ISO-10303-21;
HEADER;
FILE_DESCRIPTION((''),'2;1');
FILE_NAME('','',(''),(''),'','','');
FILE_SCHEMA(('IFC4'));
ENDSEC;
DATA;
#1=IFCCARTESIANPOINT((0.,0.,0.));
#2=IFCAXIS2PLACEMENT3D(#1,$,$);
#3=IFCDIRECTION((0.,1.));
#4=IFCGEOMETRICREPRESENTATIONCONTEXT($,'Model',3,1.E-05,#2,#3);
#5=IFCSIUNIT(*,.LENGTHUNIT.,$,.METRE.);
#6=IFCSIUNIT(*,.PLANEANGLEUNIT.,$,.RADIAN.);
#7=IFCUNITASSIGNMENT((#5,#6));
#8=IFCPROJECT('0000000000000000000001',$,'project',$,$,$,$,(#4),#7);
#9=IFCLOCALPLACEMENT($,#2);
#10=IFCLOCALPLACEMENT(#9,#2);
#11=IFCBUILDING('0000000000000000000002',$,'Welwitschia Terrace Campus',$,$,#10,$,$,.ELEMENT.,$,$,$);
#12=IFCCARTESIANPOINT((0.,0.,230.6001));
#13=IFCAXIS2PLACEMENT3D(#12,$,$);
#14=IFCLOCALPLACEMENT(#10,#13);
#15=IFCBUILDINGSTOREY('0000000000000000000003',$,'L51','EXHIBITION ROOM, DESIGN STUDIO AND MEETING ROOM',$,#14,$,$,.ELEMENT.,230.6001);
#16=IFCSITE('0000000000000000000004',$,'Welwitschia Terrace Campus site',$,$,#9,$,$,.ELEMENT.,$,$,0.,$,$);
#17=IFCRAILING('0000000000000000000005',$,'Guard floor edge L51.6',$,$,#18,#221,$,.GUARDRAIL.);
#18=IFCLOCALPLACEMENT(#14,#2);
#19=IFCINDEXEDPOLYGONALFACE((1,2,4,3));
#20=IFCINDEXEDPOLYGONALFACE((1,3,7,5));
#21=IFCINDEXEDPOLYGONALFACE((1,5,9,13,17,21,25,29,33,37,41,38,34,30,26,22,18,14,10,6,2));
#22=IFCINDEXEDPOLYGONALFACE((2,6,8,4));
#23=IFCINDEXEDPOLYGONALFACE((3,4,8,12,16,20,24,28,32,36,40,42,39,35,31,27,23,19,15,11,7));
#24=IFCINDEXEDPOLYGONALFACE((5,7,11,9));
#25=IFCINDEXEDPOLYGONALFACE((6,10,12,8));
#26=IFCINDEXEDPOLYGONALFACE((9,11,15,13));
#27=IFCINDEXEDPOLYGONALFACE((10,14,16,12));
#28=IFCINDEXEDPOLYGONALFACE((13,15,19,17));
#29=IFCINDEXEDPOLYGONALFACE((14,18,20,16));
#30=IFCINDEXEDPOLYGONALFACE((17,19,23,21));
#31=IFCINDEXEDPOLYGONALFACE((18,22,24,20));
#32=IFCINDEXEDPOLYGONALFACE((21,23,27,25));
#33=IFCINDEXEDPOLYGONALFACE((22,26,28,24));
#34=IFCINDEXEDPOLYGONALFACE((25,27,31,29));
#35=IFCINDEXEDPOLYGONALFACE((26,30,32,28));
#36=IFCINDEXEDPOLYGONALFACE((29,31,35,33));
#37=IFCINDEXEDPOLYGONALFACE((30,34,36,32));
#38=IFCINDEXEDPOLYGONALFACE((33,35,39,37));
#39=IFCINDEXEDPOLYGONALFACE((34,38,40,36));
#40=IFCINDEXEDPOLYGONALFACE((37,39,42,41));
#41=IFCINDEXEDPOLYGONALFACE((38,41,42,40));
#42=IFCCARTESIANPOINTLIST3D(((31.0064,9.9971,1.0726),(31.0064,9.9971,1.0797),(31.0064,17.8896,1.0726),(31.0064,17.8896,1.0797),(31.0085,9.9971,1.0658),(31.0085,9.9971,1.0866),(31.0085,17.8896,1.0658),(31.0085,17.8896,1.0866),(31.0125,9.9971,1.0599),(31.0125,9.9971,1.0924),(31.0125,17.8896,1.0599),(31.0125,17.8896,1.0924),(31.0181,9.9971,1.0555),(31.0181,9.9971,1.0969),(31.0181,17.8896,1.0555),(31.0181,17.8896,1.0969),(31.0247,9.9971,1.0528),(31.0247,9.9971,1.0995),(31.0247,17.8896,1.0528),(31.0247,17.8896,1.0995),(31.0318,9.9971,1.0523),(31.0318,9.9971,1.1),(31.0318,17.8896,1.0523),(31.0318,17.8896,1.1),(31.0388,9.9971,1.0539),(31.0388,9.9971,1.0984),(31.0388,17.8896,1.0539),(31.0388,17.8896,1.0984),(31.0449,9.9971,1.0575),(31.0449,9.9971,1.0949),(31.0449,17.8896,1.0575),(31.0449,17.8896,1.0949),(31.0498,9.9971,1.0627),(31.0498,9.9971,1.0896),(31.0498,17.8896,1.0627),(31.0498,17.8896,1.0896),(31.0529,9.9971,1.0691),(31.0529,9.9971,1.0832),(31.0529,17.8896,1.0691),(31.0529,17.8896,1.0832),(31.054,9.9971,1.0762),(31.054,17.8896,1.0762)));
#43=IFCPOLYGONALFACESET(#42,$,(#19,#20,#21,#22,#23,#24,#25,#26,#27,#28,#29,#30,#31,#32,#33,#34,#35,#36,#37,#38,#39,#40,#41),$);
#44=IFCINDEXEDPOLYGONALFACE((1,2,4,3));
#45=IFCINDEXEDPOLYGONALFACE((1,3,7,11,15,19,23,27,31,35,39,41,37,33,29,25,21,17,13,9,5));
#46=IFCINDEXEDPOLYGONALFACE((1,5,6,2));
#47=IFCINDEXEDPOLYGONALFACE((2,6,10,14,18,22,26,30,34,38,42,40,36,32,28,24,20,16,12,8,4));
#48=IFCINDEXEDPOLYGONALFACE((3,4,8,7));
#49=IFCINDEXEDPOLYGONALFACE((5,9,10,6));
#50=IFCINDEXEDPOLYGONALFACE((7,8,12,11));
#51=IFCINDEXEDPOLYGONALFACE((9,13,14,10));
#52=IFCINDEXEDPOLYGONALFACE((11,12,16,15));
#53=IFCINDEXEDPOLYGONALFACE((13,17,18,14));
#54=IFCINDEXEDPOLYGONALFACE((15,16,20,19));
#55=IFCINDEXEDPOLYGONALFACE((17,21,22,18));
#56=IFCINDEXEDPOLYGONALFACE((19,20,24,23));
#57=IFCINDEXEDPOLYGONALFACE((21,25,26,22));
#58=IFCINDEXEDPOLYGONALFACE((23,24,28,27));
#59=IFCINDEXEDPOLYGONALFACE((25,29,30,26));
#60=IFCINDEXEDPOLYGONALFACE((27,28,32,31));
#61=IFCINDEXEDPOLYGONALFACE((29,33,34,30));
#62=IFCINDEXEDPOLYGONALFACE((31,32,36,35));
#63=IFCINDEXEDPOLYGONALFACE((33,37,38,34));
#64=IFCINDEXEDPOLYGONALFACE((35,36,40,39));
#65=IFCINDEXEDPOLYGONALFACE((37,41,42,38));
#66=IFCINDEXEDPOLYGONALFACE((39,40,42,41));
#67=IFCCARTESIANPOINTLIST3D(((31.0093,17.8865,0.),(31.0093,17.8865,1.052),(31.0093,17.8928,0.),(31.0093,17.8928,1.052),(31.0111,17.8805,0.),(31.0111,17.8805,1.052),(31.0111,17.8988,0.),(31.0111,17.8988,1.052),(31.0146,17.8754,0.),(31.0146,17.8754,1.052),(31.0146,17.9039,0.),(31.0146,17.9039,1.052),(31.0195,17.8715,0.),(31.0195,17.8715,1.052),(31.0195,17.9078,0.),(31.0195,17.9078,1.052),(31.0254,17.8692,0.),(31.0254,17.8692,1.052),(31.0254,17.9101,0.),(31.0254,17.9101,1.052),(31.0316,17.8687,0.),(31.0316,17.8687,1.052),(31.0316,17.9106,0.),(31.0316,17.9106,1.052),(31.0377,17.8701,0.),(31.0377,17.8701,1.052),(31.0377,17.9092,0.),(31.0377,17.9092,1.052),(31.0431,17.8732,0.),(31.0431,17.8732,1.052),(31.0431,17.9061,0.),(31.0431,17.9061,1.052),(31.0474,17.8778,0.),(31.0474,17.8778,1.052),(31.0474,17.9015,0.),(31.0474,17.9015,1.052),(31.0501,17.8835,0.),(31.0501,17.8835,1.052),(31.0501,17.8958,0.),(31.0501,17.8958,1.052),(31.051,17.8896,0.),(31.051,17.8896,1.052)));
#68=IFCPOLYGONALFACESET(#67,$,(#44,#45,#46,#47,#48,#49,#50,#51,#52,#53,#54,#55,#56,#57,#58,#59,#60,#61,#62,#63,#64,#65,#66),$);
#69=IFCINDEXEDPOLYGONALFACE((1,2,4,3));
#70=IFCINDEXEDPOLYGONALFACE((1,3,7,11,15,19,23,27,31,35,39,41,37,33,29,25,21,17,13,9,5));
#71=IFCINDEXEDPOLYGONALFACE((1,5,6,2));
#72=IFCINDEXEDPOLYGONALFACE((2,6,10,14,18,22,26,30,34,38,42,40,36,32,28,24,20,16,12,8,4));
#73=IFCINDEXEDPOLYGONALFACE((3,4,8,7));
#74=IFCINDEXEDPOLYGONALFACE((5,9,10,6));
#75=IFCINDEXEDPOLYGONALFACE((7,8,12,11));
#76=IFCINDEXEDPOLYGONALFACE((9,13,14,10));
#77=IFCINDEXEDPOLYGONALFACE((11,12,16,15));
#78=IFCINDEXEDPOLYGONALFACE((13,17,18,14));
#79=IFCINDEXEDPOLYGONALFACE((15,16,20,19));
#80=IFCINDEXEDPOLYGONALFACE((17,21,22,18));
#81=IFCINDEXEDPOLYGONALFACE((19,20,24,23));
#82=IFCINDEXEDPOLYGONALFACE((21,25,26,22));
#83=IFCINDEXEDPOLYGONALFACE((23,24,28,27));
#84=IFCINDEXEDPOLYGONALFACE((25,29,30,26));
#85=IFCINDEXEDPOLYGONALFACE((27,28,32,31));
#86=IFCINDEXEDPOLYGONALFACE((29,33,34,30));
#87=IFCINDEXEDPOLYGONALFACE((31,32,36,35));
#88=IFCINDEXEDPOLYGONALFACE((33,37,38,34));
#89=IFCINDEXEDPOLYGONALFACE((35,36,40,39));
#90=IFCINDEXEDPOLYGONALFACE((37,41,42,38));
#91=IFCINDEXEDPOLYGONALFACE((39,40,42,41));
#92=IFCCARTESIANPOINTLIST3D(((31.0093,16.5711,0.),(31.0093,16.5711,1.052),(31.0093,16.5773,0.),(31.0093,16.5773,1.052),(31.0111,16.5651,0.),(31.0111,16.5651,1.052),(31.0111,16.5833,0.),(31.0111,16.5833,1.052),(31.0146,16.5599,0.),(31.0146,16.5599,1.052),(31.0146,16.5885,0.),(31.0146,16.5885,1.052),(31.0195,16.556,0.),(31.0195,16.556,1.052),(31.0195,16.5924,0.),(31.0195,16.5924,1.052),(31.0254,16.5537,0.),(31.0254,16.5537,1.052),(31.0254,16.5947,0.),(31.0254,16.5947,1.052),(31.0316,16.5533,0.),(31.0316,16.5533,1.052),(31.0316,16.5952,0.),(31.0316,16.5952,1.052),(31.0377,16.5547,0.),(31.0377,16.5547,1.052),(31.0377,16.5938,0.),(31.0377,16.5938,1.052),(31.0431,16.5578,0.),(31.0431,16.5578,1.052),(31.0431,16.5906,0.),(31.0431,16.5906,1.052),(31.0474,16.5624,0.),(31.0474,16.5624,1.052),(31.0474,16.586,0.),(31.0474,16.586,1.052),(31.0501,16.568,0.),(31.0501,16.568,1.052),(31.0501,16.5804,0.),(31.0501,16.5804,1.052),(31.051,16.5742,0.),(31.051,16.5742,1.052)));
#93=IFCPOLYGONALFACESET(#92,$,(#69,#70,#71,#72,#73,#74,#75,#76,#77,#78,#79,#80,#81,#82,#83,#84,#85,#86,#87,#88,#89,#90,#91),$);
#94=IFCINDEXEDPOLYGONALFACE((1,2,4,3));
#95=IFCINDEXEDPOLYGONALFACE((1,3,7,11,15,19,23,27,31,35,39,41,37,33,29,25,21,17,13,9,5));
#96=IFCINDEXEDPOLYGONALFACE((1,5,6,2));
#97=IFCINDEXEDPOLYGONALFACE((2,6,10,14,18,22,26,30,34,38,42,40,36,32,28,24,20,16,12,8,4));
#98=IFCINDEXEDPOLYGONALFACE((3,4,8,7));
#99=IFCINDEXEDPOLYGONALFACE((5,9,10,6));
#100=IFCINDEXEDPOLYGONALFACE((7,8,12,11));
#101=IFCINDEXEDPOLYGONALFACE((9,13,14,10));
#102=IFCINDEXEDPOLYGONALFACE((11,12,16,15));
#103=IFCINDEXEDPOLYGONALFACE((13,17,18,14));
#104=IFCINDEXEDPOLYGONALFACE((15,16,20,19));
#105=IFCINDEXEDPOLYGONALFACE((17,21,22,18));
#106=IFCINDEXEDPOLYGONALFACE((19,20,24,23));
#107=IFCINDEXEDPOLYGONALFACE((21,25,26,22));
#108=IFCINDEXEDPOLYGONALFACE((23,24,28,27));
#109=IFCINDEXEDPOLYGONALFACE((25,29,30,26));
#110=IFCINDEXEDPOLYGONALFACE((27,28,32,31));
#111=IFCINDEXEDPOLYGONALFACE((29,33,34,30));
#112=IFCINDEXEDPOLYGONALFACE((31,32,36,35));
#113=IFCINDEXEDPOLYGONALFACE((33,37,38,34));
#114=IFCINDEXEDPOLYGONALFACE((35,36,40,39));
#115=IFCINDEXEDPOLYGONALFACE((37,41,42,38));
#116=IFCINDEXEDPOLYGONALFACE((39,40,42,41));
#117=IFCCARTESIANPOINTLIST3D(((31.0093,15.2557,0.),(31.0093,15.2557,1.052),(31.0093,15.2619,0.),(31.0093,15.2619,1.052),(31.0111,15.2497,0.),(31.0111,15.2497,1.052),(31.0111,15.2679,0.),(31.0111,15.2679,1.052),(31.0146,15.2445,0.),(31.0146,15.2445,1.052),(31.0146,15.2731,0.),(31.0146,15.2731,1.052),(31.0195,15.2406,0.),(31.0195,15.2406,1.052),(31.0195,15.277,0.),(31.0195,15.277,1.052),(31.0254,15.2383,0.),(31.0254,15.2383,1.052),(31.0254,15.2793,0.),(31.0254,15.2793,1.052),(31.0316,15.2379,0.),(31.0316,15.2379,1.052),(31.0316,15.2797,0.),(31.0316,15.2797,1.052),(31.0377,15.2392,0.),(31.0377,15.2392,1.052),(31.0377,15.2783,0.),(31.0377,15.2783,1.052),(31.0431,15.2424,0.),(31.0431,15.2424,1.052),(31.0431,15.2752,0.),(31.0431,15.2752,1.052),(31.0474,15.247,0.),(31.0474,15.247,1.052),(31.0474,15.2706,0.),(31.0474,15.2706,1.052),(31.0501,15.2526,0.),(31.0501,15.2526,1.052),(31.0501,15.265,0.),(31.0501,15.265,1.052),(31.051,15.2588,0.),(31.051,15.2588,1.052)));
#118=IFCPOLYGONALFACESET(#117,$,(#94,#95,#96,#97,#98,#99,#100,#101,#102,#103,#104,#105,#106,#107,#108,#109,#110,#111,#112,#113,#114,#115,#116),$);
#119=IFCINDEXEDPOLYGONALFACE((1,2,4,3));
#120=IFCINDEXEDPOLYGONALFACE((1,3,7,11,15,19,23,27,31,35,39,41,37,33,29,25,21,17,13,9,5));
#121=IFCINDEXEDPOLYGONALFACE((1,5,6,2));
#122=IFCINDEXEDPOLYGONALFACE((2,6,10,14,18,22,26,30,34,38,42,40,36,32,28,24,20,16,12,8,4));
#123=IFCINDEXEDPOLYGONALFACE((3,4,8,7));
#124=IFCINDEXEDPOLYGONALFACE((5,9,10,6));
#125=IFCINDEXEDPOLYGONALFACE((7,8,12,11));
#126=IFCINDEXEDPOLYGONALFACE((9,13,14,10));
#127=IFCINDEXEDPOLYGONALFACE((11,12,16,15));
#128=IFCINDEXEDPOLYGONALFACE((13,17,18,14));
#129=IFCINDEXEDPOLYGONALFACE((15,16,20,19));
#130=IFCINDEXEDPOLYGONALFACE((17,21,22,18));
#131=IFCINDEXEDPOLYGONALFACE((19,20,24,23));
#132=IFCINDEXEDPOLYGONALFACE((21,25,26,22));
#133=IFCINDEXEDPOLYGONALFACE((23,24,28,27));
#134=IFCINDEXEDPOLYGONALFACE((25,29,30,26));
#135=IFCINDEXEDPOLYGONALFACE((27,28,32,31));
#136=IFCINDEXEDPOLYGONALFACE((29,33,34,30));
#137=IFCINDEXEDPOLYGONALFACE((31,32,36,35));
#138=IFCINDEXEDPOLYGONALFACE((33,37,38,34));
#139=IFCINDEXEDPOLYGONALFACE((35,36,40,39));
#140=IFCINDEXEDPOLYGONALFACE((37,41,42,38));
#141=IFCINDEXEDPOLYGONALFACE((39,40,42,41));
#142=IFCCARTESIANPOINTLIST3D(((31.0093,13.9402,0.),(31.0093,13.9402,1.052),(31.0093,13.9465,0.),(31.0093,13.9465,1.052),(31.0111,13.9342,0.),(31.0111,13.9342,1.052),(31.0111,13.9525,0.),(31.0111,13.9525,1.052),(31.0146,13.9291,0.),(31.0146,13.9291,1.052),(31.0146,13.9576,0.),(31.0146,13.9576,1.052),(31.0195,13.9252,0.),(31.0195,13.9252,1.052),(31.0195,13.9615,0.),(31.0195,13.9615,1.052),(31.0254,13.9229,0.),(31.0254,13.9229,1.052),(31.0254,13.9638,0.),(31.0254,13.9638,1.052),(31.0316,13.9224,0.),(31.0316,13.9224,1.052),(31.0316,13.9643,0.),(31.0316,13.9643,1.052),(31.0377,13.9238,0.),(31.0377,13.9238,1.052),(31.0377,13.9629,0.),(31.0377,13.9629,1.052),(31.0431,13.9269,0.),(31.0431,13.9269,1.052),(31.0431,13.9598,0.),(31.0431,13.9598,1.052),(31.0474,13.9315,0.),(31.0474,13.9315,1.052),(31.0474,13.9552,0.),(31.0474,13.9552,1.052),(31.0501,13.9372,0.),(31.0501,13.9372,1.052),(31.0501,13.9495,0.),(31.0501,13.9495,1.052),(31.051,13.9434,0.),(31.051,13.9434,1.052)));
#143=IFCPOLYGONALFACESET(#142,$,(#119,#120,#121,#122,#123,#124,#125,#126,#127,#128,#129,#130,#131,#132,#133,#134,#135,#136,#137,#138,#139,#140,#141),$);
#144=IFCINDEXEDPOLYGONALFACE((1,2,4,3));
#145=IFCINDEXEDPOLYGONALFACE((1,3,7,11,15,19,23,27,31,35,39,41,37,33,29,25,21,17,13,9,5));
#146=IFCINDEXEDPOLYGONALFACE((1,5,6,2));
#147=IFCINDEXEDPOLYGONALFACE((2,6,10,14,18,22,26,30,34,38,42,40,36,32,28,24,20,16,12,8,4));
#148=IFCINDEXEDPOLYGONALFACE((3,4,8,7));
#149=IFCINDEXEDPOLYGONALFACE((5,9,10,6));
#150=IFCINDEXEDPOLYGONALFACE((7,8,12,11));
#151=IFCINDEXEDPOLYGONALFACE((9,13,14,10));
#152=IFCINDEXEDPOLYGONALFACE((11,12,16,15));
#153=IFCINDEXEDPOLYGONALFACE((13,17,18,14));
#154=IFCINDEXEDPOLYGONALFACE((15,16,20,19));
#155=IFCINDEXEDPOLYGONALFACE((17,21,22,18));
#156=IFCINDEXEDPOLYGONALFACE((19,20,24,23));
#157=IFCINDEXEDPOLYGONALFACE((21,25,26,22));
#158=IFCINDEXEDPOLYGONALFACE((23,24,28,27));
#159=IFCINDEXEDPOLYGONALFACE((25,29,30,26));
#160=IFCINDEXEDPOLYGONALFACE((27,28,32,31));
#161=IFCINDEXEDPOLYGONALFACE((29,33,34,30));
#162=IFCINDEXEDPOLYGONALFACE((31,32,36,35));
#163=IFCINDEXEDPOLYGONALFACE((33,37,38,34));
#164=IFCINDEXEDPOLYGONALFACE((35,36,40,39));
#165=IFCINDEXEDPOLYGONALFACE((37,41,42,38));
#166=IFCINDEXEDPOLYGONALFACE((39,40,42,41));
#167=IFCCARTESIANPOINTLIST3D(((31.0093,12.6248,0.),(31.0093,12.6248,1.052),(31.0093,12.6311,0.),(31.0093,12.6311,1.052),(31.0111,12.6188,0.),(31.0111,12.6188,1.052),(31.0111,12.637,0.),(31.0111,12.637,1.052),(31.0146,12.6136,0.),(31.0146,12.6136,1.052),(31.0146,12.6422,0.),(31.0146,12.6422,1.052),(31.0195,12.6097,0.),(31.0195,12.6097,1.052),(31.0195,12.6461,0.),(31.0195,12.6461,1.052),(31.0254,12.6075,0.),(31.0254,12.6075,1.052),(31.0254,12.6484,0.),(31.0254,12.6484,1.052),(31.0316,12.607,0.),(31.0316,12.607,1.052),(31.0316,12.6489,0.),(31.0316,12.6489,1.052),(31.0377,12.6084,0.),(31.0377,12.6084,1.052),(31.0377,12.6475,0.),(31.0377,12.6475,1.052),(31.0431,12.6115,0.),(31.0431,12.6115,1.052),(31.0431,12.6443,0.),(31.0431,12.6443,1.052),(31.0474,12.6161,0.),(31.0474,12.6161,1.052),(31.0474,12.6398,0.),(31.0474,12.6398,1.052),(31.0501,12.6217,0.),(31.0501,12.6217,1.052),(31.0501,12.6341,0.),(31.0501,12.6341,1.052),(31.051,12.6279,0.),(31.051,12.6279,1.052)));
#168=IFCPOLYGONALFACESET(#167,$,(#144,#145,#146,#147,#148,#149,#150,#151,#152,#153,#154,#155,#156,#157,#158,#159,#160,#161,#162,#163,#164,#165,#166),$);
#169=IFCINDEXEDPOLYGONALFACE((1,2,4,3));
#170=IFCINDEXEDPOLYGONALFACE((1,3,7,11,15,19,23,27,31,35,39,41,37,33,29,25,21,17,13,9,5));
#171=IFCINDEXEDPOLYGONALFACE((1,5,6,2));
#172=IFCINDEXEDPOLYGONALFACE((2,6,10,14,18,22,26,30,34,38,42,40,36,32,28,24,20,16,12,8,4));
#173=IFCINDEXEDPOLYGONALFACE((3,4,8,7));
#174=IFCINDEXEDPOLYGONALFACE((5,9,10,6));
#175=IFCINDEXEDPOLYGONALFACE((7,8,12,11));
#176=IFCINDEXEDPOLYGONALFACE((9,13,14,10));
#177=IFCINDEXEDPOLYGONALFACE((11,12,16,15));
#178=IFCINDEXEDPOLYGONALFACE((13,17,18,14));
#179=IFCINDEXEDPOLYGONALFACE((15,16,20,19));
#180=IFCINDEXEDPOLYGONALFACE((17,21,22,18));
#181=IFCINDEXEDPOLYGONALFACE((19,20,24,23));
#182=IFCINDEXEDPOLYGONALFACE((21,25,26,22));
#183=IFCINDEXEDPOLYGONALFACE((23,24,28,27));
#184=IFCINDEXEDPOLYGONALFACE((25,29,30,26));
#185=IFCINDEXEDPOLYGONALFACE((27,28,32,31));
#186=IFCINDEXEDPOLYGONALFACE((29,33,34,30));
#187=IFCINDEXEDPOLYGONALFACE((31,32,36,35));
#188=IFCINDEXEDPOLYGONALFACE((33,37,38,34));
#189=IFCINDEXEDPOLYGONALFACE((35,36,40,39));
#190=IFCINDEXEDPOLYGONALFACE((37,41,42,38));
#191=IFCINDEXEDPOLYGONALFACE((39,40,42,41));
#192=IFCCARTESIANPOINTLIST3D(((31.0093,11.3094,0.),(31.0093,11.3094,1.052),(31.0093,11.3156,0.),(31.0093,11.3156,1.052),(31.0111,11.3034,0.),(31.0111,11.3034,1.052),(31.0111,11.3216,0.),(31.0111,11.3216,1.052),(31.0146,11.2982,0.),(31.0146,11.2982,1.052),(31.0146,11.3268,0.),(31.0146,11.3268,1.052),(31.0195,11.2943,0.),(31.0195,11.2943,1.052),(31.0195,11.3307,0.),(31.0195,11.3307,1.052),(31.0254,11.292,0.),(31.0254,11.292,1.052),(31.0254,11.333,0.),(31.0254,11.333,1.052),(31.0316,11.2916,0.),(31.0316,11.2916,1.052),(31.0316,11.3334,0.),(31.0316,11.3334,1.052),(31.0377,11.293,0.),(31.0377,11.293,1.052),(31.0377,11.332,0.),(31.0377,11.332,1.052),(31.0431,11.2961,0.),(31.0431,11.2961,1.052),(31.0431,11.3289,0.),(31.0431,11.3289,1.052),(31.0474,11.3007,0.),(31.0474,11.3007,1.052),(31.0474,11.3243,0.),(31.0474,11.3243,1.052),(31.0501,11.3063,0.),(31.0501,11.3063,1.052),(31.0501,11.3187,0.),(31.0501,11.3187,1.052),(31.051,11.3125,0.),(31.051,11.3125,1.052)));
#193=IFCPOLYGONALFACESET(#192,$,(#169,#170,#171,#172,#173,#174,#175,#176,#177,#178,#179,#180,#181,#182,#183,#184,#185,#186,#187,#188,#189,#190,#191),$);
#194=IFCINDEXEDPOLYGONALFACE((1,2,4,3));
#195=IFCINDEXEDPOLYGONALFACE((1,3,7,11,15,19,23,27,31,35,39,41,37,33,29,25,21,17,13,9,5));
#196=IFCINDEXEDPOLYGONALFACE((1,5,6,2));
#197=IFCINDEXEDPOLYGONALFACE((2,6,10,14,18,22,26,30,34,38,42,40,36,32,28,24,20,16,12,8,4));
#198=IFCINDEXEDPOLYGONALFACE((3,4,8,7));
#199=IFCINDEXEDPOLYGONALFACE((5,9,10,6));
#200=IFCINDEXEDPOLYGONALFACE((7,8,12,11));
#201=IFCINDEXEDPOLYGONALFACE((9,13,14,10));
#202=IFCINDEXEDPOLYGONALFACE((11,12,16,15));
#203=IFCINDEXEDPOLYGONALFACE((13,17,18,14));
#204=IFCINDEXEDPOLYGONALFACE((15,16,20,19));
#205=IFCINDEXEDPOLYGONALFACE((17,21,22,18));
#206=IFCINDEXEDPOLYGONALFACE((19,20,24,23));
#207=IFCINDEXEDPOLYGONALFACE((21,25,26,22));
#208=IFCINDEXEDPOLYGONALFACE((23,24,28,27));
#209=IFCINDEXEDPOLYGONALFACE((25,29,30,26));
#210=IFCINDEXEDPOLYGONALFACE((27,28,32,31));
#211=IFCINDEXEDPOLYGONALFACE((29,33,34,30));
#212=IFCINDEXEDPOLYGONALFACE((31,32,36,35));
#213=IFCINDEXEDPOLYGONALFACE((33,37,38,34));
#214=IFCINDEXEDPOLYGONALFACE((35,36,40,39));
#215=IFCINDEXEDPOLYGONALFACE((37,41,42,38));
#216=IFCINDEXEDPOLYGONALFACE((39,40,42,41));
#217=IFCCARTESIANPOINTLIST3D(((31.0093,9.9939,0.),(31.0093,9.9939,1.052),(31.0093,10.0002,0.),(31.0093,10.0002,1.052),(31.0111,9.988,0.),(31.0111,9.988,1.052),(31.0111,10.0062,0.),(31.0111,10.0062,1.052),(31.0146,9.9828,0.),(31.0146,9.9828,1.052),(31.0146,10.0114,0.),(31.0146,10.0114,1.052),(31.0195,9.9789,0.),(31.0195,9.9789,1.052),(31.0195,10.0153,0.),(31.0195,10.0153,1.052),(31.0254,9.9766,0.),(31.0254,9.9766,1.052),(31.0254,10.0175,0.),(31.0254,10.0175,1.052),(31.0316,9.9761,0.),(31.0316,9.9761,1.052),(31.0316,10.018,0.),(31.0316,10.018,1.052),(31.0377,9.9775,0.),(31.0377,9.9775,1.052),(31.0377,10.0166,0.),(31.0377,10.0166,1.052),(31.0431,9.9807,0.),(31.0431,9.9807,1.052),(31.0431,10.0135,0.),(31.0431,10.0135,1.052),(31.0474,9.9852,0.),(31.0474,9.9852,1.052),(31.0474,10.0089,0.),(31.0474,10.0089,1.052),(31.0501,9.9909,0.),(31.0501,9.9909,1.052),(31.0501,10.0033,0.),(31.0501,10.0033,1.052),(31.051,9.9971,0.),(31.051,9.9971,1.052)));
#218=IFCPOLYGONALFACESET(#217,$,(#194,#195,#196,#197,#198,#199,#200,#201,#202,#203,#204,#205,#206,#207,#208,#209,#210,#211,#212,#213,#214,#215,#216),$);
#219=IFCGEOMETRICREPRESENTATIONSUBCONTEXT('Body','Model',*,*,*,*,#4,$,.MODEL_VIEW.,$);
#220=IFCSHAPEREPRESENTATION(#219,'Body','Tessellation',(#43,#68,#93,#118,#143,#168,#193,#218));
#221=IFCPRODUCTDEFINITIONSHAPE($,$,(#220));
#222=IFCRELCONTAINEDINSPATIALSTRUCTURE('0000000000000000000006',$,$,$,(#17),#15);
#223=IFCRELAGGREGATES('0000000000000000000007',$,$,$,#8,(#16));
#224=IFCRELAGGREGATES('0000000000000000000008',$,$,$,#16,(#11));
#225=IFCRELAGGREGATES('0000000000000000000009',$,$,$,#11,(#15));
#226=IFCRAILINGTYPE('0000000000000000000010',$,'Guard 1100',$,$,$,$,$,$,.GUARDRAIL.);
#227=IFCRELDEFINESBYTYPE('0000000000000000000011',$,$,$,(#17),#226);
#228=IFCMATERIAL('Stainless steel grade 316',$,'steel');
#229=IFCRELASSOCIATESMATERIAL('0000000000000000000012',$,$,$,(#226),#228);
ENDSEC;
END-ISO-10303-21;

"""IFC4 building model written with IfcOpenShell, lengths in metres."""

from ifc_helpers import new_model, si_unit, direction, frame, origin, origin_2d, place, context, subcontext, project, spatial, circle, extrude, material, type_object, element, save


model = new_model("IFC4")

# Units and contexts
model_context = context("Model", 3, precision=1e-05, world=origin(), true_north=direction((0.0, 1.0)))
body_context = subcontext(model_context, "Body", "Model", "MODEL_VIEW")
ifc_project = project(units=[si_unit("LENGTHUNIT", "METRE"), si_unit("PLANEANGLEUNIT", "RADIAN")], contexts=[model_context])

# Site, building, storey
site_placement = place(None, origin())
site = spatial("IfcSite", under=ifc_project, at=site_placement, Name="Welwitschia Terrace Campus site", CompositionType="ELEMENT", RefElevation=0.0)
building_placement = place(site_placement, origin())
building = spatial("IfcBuilding", under=site, at=building_placement, Name="Welwitschia Terrace Campus", CompositionType="ELEMENT")
storey_placement = place(building_placement, frame((0.0, 0.0, 230.6001)))
storey = spatial("IfcBuildingStorey", under=building, at=storey_placement, Name="L51", Description="EXHIBITION ROOM, DESIGN STUDIO AND MEETING ROOM", CompositionType="ELEMENT", Elevation=230.6001)

# Railing
ifc_material_1 = material(Name="Stainless steel grade 316", Category="steel")
railing_type = type_object("IfcRailingType", Name="Guard 1100", PredefinedType="GUARDRAIL", material=ifc_material_1)
railing_1_placement = place(storey_placement, frame((31.03, 17.8896, 0.0)))
element("IfcRailing", 1, at=railing_1_placement, inside=storey, type_object=railing_type, Name="Guard floor edge L51.6", PredefinedType="GUARDRAIL", context=body_context, shape_type="SweptSolid", body=[
    extrude(circle(Radius=0.0239, at=origin_2d()), frame((0.0, 0.0, 1.0762), z_axis=(0.0, -1.0, 0.0), x_axis=(1.0, 0.0, 0.0)), (0.0, 0.0, 1.0), 7.8926),
    extrude(circle(Radius=0.021, at=origin_2d()), origin(), (0.0, 0.0, 1.0), 1.052),
    extrude(circle(Radius=0.021, at=origin_2d()), frame((0.0, -1.3154, 0.0)), (0.0, 0.0, 1.0), 1.052),
    extrude(circle(Radius=0.021, at=origin_2d()), frame((0.0, -2.6309, 0.0)), (0.0, 0.0, 1.0), 1.052),
    extrude(circle(Radius=0.021, at=origin_2d()), frame((0.0, -3.9463, 0.0)), (0.0, 0.0, 1.0), 1.052),
    extrude(circle(Radius=0.021, at=origin_2d()), frame((0.0, -5.2617, 0.0)), (0.0, 0.0, 1.0), 1.052),
    extrude(circle(Radius=0.021, at=origin_2d()), frame((0.0, -6.5771, 0.0)), (0.0, 0.0, 1.0), 1.052),
    extrude(circle(Radius=0.021, at=origin_2d()), frame((0.0, -7.8926, 0.0)), (0.0, 0.0, 1.0), 1.052),
])

save(model, "model.ifc")
